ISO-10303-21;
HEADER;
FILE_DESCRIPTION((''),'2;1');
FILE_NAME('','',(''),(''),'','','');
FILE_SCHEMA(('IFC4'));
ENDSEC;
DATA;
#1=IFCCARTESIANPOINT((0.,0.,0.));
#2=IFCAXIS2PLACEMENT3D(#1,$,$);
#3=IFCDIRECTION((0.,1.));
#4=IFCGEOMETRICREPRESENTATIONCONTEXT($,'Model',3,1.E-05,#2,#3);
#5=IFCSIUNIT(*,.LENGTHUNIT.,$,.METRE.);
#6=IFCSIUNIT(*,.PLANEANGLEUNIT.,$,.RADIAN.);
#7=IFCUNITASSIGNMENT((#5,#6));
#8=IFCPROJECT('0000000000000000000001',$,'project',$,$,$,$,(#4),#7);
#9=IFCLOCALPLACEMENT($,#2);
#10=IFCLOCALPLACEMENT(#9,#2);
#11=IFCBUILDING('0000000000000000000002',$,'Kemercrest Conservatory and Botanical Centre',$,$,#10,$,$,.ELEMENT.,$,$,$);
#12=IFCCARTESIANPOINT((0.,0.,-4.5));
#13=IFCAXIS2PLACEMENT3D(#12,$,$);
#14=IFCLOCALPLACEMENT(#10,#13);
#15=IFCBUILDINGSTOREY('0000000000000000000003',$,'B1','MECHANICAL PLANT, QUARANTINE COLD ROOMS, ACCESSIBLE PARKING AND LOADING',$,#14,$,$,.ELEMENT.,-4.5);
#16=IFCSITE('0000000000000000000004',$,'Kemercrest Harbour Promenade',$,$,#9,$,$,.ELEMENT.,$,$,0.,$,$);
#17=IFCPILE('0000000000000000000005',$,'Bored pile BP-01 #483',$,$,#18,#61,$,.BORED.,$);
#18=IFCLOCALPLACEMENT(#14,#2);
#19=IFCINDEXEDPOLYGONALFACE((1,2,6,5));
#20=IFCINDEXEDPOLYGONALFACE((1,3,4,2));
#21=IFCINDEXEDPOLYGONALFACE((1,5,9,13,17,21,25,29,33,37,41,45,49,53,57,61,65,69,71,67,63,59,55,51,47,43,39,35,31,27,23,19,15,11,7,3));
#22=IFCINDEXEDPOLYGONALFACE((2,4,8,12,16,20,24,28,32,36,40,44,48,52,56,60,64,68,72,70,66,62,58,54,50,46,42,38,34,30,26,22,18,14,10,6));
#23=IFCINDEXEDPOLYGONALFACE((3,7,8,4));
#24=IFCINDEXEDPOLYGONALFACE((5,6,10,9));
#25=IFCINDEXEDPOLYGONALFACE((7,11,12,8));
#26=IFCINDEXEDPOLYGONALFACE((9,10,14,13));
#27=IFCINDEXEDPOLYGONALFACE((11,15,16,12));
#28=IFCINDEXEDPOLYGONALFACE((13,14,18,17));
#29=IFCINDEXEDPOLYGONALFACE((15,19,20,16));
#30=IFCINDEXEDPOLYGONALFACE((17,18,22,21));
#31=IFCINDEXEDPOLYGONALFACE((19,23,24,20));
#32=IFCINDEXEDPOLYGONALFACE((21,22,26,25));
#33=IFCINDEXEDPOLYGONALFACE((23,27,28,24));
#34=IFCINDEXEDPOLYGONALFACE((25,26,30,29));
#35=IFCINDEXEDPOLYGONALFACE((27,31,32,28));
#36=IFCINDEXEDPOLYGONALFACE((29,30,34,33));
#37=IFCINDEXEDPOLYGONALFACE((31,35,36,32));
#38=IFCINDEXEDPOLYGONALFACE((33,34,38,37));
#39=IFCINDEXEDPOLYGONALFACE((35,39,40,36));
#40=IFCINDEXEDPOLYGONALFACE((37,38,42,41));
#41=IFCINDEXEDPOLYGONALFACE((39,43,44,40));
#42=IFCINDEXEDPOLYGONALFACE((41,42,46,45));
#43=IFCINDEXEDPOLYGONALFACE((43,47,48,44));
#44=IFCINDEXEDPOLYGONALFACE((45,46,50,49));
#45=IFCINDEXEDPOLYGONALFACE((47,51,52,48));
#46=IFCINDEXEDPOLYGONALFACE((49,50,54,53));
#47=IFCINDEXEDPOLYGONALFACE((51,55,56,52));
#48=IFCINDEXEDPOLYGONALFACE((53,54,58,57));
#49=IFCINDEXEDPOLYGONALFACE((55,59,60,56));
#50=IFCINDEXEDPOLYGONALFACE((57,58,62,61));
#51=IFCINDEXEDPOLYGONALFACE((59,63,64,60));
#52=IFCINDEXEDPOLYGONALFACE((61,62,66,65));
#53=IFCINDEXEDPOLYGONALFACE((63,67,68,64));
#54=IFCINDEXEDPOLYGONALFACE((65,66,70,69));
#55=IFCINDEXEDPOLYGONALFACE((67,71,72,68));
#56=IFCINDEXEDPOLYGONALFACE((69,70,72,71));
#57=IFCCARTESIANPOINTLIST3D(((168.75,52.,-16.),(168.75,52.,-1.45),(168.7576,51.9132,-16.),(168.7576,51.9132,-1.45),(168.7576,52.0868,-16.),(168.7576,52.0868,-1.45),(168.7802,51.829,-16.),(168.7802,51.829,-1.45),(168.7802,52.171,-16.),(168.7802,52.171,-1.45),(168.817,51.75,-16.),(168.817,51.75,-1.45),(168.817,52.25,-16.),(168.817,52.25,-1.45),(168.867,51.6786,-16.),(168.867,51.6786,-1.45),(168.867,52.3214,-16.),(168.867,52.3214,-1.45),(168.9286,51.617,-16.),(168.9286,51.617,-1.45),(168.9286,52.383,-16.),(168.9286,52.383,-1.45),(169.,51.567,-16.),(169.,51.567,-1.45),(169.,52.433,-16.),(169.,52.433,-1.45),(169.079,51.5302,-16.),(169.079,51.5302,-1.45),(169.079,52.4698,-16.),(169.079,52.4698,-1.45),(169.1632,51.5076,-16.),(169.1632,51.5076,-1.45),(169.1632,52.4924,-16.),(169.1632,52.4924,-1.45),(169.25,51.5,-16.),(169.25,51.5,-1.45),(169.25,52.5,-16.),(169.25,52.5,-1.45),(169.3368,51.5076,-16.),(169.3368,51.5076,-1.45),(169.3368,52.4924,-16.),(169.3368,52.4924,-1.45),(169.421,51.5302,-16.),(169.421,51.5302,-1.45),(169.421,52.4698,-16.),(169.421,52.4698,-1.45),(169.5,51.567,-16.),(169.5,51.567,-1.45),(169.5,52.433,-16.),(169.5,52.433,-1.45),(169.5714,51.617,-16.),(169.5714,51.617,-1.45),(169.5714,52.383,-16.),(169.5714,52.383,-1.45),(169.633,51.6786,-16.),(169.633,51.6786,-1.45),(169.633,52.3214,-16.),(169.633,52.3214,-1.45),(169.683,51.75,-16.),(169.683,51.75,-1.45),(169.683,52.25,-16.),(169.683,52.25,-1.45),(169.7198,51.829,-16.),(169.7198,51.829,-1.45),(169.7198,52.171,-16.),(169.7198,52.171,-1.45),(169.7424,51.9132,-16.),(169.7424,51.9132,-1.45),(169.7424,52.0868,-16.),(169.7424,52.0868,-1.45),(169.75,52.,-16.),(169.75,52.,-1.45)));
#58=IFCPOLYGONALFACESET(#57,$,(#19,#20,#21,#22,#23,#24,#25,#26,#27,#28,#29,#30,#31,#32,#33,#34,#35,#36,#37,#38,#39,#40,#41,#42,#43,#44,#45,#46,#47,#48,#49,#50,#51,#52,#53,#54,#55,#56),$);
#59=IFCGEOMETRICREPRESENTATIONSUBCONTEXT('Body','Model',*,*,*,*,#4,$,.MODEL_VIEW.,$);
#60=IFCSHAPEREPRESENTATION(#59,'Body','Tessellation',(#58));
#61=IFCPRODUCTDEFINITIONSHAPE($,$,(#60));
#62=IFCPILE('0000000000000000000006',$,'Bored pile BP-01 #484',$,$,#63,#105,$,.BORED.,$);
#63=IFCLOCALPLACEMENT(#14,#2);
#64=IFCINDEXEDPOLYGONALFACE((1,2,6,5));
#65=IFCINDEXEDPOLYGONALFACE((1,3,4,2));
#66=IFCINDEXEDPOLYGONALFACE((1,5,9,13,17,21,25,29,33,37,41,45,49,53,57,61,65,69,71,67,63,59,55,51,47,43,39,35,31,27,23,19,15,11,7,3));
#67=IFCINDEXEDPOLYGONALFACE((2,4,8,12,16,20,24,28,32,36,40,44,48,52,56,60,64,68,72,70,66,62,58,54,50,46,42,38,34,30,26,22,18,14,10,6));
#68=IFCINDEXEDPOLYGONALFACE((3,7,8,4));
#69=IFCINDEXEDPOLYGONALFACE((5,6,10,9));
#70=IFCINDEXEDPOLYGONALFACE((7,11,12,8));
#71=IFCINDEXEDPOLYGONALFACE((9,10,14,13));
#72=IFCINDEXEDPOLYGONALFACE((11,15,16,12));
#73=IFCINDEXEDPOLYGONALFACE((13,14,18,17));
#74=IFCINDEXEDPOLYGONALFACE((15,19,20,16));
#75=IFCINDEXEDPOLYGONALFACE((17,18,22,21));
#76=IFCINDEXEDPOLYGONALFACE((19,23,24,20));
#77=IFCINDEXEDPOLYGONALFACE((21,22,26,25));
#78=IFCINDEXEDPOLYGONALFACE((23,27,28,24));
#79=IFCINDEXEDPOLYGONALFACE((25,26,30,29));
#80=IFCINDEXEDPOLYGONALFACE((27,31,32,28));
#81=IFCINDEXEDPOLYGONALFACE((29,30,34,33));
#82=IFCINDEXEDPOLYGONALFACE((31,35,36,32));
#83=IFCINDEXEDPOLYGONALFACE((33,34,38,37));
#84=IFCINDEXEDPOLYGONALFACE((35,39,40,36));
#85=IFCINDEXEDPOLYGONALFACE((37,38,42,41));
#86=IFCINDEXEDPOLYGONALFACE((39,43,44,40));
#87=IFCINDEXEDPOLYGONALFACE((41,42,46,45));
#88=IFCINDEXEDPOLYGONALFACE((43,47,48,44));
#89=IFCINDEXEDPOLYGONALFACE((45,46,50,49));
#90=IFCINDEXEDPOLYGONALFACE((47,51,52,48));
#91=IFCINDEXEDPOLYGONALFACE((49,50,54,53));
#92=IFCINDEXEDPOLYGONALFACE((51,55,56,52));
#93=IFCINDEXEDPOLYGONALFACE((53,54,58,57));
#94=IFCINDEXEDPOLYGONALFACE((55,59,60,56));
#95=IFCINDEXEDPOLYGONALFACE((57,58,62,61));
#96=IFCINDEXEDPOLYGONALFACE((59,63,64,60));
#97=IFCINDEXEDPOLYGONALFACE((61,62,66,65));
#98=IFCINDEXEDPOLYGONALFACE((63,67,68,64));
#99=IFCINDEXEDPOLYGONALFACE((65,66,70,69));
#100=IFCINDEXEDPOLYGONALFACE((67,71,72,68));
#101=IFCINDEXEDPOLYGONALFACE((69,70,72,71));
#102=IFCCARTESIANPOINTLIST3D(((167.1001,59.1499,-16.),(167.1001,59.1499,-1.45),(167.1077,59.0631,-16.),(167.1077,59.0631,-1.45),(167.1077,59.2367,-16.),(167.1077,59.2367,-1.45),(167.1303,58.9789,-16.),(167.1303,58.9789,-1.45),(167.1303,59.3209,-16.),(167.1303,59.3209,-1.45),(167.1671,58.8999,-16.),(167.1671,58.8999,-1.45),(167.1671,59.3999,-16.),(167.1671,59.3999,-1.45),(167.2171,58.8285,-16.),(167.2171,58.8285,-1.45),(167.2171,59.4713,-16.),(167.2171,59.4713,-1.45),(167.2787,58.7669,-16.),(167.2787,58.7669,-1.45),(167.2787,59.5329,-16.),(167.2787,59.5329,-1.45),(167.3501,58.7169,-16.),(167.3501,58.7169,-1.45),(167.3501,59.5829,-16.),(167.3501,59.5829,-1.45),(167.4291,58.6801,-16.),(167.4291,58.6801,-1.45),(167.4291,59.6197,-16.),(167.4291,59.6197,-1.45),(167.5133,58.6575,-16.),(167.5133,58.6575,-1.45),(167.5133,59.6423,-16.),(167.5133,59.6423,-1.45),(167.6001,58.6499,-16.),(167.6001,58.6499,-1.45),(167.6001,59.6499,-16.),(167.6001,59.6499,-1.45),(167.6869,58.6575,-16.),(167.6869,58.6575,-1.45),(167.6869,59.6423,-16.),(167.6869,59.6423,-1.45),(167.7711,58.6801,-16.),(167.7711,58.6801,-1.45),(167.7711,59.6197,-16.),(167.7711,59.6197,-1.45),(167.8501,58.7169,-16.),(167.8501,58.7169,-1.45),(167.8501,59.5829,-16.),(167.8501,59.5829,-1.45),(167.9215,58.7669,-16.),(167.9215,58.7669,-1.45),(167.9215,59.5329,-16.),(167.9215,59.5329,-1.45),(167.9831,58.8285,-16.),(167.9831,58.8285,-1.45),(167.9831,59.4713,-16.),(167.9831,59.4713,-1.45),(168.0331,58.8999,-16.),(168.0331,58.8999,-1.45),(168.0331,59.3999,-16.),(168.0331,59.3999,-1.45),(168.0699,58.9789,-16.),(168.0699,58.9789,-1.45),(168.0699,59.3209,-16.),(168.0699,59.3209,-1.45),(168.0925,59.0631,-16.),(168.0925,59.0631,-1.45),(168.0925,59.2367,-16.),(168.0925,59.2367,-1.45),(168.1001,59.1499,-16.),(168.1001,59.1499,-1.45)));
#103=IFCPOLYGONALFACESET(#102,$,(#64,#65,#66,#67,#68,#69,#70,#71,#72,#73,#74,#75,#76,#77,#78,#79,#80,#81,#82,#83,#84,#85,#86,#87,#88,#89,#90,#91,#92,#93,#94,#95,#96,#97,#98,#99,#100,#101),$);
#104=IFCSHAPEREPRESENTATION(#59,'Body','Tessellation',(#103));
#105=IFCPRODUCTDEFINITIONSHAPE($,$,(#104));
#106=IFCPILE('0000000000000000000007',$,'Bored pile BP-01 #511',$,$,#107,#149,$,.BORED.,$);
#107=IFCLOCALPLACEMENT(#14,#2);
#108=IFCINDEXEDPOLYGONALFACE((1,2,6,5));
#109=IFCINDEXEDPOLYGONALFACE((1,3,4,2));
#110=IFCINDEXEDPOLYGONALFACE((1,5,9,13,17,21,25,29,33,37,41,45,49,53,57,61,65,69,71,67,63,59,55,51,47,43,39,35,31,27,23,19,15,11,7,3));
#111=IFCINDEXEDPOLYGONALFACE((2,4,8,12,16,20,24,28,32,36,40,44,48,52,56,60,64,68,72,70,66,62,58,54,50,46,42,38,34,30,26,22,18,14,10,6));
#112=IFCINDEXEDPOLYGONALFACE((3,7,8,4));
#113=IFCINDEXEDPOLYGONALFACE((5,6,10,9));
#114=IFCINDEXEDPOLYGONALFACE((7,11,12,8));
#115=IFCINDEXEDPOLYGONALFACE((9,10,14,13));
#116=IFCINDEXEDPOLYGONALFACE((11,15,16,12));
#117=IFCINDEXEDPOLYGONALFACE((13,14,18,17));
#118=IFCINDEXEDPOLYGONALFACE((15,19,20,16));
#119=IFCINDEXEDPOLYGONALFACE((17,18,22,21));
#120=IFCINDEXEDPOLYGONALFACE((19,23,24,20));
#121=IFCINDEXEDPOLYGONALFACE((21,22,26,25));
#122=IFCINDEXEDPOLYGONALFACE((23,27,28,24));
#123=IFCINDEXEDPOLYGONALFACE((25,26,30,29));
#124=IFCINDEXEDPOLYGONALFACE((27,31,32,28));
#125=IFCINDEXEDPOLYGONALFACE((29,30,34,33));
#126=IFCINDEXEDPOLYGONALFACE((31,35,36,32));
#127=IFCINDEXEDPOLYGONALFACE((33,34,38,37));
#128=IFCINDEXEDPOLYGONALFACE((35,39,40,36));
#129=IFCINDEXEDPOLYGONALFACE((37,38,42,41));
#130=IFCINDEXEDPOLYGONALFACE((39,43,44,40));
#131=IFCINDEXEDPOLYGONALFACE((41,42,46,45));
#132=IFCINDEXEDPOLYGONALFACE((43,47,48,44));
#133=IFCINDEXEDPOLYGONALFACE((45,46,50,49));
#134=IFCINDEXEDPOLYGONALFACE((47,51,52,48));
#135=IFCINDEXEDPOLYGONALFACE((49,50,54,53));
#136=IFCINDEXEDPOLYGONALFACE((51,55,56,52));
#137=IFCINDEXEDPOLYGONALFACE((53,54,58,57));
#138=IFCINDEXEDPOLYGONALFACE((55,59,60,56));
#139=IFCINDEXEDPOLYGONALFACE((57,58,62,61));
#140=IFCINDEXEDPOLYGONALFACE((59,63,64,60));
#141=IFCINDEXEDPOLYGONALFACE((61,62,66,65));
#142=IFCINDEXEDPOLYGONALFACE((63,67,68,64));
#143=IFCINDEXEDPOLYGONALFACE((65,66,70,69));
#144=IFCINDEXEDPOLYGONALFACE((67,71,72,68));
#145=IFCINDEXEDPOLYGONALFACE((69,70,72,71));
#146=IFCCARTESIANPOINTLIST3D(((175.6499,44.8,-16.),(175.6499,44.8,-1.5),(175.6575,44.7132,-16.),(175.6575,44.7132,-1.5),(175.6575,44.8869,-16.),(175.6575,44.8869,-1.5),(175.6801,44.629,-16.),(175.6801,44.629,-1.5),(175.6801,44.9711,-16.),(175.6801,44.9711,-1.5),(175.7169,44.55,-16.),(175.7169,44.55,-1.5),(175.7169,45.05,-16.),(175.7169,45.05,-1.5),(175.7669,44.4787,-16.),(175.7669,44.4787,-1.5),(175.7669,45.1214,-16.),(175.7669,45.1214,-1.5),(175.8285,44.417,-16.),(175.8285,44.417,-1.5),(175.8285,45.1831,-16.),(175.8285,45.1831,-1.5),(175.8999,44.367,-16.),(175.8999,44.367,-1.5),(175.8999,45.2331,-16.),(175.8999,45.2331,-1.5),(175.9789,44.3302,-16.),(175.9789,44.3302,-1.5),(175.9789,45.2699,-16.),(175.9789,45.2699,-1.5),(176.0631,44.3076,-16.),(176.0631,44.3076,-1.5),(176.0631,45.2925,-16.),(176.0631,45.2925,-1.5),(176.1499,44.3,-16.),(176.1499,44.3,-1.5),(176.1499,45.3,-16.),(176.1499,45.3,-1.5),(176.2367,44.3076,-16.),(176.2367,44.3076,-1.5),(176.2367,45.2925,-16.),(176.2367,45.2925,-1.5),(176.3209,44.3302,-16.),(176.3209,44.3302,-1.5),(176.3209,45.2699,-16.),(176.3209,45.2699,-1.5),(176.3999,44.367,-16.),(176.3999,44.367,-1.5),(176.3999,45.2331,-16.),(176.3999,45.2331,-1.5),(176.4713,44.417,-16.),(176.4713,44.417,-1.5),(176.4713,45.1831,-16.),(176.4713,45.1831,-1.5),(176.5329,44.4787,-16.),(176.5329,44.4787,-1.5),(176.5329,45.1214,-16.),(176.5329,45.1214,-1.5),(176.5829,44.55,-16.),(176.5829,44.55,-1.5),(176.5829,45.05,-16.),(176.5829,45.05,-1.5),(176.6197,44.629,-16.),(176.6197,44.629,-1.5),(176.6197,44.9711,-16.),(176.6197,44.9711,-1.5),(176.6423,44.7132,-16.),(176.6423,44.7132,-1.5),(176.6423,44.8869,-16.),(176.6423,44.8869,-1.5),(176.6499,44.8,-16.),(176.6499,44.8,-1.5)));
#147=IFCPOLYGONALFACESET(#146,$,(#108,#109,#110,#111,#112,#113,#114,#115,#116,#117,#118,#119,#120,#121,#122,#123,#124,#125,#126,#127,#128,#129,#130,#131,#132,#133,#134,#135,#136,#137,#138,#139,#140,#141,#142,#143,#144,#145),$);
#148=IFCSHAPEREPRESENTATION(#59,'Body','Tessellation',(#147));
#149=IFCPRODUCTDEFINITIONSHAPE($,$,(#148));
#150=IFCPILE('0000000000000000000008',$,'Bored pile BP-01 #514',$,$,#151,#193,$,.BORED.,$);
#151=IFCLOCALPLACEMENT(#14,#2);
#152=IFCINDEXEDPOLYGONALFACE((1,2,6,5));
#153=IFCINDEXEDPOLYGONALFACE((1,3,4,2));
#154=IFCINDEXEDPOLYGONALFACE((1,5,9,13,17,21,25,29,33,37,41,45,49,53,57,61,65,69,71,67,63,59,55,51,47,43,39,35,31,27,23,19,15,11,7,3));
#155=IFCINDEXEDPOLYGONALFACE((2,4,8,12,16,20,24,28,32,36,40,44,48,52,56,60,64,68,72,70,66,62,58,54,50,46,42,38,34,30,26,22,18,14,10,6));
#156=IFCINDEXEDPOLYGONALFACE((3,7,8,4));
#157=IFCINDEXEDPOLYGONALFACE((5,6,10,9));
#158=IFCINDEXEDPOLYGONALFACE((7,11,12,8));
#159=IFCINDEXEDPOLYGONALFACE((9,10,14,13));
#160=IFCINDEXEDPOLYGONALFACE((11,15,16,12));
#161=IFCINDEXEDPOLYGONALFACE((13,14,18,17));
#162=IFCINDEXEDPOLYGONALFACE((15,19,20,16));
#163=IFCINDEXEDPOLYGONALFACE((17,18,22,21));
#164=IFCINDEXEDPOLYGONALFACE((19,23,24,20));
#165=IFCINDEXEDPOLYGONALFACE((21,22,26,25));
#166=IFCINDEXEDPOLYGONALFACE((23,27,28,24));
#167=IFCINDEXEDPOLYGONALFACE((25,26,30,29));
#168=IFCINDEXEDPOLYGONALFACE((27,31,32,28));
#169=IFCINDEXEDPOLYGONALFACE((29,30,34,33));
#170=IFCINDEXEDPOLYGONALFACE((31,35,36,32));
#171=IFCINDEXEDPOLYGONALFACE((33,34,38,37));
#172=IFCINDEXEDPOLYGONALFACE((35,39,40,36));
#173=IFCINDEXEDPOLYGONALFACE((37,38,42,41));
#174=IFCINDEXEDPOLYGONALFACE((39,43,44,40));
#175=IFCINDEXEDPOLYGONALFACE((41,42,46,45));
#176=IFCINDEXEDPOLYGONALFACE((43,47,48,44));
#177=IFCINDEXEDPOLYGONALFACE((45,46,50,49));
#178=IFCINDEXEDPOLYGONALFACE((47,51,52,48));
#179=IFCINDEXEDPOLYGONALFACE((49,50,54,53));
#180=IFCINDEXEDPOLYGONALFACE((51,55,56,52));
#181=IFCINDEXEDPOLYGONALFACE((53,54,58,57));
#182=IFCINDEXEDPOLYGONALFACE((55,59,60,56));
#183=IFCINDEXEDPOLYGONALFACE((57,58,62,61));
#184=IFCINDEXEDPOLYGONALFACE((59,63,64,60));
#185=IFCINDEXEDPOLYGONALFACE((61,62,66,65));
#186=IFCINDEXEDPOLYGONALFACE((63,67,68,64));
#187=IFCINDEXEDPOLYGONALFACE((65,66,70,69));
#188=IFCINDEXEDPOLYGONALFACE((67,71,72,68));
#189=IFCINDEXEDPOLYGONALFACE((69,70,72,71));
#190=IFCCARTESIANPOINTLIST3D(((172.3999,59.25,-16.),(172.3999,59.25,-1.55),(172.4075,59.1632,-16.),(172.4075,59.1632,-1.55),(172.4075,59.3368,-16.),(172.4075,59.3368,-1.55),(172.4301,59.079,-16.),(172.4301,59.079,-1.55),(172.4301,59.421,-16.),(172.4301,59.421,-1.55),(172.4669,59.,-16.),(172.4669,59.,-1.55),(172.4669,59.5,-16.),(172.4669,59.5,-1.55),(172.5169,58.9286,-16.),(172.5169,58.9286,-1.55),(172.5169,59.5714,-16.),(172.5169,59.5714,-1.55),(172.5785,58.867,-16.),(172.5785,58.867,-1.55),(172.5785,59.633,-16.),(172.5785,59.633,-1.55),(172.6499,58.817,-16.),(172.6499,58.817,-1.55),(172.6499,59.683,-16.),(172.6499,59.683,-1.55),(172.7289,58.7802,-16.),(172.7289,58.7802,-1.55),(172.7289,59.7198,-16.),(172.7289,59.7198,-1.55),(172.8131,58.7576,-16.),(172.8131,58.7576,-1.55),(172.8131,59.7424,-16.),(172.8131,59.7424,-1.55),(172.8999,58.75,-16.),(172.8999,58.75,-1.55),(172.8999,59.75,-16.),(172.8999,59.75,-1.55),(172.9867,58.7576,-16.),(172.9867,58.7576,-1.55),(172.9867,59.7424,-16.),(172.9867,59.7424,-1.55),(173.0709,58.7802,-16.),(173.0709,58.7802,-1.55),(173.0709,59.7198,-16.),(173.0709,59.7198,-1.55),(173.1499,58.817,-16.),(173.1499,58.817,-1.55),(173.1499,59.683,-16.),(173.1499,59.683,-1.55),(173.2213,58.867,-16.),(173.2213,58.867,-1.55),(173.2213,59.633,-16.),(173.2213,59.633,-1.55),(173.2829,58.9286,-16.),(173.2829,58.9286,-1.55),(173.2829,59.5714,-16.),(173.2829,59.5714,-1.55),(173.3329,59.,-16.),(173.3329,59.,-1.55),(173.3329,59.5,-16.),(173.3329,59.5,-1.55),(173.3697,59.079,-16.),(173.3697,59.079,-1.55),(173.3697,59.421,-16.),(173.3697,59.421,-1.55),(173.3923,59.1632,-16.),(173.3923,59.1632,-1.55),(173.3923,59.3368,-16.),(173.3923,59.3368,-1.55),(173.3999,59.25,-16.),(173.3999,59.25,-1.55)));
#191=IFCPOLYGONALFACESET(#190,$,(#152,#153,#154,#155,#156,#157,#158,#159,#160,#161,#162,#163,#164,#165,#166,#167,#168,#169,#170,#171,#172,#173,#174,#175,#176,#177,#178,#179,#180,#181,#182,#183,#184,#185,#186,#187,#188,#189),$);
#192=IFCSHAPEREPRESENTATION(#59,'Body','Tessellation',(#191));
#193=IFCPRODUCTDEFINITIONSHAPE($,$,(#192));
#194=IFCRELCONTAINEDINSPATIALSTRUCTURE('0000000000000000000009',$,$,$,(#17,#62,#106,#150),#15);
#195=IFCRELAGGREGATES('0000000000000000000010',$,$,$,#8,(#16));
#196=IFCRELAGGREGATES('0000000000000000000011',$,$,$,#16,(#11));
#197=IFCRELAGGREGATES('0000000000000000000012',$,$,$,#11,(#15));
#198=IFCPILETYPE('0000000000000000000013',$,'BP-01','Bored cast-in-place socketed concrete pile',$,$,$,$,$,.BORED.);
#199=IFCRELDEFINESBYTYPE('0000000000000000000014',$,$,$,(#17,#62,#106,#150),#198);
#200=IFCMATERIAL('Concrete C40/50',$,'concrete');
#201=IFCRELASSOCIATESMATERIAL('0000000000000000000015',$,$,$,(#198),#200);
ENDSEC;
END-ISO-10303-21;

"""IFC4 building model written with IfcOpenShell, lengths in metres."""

from ifc_helpers import new_model, si_unit, direction, frame, origin, origin_2d, place, context, subcontext, project, spatial, circle, extrude, material, material_profile, profile_set, type_object, element, save


model = new_model("IFC4")

# Units and contexts
model_context = context("Model", 3, precision=1e-05, world=origin(), true_north=direction((0.0, 1.0)))
body_context = subcontext(model_context, "Body", "Model", "MODEL_VIEW")
ifc_project = project(units=[si_unit("LENGTHUNIT", "METRE"), si_unit("PLANEANGLEUNIT", "RADIAN")], contexts=[model_context])

# Site, building, storey
site_placement = place(None, origin())
site = spatial("IfcSite", under=ifc_project, at=site_placement, Name="Kemercrest Harbour Promenade", CompositionType="ELEMENT", RefElevation=0.0)
building_placement = place(site_placement, origin())
building = spatial("IfcBuilding", under=site, at=building_placement, Name="Kemercrest Conservatory and Botanical Centre", CompositionType="ELEMENT")
storey_placement = place(building_placement, frame((0.0, 0.0, -4.5)))
storey = spatial("IfcBuildingStorey", under=building, at=storey_placement, Name="B1", Description="MECHANICAL PLANT, QUARANTINE COLD ROOMS, ACCESSIBLE PARKING AND LOADING", CompositionType="ELEMENT", Elevation=-4.5)

# Piles
ifc_material_1 = material(Name="Concrete C40/50", Category="concrete")
ifc_material_profile_1 = material_profile(ifc_material_1, circle(Radius=0.5, at=origin_2d()), Name="BORED PILE 1000")
ifc_profile_set_1 = profile_set([ifc_material_profile_1], Name="Concrete C40/50")
pile_type_1 = type_object("IfcPileType", Name="BP-01", Description="Bored cast-in-place socketed concrete pile", PredefinedType="BORED", material=ifc_profile_set_1)
for number, where, z_axis, x_axis, name in (
    (1, (169.25, 52.0, -1.45), (0.0, 0.0, -1.0), (1.0, 0.0, 0.0), "Bored pile BP-01 #483"),
    (2, (167.6001, 59.1499, -1.45), (0.0, 0.0, -1.0), (1.0, 0.0, 0.0), "Bored pile BP-01 #484"),
):
    element("IfcPile", number, at=place(storey_placement, frame(where, z_axis=z_axis, x_axis=x_axis)), inside=storey, type_object=pile_type_1, Name=name, PredefinedType="BORED", context=body_context, shape_type="SweptSolid", body=[
        extrude(circle(Radius=0.5, at=origin_2d()), origin(), (0.0, 0.0, 1.0), 14.55),
    ])
pile_1_placement = place(storey_placement, frame((176.1499, 44.8, -1.5), z_axis=(0.0, 0.0, -1.0), x_axis=(1.0, 0.0, 0.0)))
element("IfcPile", 3, at=pile_1_placement, inside=storey, type_object=pile_type_1, Name="Bored pile BP-01 #511", PredefinedType="BORED", context=body_context, shape_type="SweptSolid", body=[
    extrude(circle(Radius=0.5, at=origin_2d()), origin(), (0.0, 0.0, 1.0), 14.5),
])
pile_2_placement = place(storey_placement, frame((172.8999, 59.25, -1.55), z_axis=(0.0, 0.0, -1.0), x_axis=(1.0, 0.0, 0.0)))
element("IfcPile", 4, at=pile_2_placement, inside=storey, type_object=pile_type_1, Name="Bored pile BP-01 #514", PredefinedType="BORED", context=body_context, shape_type="SweptSolid", body=[
    extrude(circle(Radius=0.5, at=origin_2d()), origin(), (0.0, 0.0, 1.0), 14.45),
])

save(model, "model.ifc")
